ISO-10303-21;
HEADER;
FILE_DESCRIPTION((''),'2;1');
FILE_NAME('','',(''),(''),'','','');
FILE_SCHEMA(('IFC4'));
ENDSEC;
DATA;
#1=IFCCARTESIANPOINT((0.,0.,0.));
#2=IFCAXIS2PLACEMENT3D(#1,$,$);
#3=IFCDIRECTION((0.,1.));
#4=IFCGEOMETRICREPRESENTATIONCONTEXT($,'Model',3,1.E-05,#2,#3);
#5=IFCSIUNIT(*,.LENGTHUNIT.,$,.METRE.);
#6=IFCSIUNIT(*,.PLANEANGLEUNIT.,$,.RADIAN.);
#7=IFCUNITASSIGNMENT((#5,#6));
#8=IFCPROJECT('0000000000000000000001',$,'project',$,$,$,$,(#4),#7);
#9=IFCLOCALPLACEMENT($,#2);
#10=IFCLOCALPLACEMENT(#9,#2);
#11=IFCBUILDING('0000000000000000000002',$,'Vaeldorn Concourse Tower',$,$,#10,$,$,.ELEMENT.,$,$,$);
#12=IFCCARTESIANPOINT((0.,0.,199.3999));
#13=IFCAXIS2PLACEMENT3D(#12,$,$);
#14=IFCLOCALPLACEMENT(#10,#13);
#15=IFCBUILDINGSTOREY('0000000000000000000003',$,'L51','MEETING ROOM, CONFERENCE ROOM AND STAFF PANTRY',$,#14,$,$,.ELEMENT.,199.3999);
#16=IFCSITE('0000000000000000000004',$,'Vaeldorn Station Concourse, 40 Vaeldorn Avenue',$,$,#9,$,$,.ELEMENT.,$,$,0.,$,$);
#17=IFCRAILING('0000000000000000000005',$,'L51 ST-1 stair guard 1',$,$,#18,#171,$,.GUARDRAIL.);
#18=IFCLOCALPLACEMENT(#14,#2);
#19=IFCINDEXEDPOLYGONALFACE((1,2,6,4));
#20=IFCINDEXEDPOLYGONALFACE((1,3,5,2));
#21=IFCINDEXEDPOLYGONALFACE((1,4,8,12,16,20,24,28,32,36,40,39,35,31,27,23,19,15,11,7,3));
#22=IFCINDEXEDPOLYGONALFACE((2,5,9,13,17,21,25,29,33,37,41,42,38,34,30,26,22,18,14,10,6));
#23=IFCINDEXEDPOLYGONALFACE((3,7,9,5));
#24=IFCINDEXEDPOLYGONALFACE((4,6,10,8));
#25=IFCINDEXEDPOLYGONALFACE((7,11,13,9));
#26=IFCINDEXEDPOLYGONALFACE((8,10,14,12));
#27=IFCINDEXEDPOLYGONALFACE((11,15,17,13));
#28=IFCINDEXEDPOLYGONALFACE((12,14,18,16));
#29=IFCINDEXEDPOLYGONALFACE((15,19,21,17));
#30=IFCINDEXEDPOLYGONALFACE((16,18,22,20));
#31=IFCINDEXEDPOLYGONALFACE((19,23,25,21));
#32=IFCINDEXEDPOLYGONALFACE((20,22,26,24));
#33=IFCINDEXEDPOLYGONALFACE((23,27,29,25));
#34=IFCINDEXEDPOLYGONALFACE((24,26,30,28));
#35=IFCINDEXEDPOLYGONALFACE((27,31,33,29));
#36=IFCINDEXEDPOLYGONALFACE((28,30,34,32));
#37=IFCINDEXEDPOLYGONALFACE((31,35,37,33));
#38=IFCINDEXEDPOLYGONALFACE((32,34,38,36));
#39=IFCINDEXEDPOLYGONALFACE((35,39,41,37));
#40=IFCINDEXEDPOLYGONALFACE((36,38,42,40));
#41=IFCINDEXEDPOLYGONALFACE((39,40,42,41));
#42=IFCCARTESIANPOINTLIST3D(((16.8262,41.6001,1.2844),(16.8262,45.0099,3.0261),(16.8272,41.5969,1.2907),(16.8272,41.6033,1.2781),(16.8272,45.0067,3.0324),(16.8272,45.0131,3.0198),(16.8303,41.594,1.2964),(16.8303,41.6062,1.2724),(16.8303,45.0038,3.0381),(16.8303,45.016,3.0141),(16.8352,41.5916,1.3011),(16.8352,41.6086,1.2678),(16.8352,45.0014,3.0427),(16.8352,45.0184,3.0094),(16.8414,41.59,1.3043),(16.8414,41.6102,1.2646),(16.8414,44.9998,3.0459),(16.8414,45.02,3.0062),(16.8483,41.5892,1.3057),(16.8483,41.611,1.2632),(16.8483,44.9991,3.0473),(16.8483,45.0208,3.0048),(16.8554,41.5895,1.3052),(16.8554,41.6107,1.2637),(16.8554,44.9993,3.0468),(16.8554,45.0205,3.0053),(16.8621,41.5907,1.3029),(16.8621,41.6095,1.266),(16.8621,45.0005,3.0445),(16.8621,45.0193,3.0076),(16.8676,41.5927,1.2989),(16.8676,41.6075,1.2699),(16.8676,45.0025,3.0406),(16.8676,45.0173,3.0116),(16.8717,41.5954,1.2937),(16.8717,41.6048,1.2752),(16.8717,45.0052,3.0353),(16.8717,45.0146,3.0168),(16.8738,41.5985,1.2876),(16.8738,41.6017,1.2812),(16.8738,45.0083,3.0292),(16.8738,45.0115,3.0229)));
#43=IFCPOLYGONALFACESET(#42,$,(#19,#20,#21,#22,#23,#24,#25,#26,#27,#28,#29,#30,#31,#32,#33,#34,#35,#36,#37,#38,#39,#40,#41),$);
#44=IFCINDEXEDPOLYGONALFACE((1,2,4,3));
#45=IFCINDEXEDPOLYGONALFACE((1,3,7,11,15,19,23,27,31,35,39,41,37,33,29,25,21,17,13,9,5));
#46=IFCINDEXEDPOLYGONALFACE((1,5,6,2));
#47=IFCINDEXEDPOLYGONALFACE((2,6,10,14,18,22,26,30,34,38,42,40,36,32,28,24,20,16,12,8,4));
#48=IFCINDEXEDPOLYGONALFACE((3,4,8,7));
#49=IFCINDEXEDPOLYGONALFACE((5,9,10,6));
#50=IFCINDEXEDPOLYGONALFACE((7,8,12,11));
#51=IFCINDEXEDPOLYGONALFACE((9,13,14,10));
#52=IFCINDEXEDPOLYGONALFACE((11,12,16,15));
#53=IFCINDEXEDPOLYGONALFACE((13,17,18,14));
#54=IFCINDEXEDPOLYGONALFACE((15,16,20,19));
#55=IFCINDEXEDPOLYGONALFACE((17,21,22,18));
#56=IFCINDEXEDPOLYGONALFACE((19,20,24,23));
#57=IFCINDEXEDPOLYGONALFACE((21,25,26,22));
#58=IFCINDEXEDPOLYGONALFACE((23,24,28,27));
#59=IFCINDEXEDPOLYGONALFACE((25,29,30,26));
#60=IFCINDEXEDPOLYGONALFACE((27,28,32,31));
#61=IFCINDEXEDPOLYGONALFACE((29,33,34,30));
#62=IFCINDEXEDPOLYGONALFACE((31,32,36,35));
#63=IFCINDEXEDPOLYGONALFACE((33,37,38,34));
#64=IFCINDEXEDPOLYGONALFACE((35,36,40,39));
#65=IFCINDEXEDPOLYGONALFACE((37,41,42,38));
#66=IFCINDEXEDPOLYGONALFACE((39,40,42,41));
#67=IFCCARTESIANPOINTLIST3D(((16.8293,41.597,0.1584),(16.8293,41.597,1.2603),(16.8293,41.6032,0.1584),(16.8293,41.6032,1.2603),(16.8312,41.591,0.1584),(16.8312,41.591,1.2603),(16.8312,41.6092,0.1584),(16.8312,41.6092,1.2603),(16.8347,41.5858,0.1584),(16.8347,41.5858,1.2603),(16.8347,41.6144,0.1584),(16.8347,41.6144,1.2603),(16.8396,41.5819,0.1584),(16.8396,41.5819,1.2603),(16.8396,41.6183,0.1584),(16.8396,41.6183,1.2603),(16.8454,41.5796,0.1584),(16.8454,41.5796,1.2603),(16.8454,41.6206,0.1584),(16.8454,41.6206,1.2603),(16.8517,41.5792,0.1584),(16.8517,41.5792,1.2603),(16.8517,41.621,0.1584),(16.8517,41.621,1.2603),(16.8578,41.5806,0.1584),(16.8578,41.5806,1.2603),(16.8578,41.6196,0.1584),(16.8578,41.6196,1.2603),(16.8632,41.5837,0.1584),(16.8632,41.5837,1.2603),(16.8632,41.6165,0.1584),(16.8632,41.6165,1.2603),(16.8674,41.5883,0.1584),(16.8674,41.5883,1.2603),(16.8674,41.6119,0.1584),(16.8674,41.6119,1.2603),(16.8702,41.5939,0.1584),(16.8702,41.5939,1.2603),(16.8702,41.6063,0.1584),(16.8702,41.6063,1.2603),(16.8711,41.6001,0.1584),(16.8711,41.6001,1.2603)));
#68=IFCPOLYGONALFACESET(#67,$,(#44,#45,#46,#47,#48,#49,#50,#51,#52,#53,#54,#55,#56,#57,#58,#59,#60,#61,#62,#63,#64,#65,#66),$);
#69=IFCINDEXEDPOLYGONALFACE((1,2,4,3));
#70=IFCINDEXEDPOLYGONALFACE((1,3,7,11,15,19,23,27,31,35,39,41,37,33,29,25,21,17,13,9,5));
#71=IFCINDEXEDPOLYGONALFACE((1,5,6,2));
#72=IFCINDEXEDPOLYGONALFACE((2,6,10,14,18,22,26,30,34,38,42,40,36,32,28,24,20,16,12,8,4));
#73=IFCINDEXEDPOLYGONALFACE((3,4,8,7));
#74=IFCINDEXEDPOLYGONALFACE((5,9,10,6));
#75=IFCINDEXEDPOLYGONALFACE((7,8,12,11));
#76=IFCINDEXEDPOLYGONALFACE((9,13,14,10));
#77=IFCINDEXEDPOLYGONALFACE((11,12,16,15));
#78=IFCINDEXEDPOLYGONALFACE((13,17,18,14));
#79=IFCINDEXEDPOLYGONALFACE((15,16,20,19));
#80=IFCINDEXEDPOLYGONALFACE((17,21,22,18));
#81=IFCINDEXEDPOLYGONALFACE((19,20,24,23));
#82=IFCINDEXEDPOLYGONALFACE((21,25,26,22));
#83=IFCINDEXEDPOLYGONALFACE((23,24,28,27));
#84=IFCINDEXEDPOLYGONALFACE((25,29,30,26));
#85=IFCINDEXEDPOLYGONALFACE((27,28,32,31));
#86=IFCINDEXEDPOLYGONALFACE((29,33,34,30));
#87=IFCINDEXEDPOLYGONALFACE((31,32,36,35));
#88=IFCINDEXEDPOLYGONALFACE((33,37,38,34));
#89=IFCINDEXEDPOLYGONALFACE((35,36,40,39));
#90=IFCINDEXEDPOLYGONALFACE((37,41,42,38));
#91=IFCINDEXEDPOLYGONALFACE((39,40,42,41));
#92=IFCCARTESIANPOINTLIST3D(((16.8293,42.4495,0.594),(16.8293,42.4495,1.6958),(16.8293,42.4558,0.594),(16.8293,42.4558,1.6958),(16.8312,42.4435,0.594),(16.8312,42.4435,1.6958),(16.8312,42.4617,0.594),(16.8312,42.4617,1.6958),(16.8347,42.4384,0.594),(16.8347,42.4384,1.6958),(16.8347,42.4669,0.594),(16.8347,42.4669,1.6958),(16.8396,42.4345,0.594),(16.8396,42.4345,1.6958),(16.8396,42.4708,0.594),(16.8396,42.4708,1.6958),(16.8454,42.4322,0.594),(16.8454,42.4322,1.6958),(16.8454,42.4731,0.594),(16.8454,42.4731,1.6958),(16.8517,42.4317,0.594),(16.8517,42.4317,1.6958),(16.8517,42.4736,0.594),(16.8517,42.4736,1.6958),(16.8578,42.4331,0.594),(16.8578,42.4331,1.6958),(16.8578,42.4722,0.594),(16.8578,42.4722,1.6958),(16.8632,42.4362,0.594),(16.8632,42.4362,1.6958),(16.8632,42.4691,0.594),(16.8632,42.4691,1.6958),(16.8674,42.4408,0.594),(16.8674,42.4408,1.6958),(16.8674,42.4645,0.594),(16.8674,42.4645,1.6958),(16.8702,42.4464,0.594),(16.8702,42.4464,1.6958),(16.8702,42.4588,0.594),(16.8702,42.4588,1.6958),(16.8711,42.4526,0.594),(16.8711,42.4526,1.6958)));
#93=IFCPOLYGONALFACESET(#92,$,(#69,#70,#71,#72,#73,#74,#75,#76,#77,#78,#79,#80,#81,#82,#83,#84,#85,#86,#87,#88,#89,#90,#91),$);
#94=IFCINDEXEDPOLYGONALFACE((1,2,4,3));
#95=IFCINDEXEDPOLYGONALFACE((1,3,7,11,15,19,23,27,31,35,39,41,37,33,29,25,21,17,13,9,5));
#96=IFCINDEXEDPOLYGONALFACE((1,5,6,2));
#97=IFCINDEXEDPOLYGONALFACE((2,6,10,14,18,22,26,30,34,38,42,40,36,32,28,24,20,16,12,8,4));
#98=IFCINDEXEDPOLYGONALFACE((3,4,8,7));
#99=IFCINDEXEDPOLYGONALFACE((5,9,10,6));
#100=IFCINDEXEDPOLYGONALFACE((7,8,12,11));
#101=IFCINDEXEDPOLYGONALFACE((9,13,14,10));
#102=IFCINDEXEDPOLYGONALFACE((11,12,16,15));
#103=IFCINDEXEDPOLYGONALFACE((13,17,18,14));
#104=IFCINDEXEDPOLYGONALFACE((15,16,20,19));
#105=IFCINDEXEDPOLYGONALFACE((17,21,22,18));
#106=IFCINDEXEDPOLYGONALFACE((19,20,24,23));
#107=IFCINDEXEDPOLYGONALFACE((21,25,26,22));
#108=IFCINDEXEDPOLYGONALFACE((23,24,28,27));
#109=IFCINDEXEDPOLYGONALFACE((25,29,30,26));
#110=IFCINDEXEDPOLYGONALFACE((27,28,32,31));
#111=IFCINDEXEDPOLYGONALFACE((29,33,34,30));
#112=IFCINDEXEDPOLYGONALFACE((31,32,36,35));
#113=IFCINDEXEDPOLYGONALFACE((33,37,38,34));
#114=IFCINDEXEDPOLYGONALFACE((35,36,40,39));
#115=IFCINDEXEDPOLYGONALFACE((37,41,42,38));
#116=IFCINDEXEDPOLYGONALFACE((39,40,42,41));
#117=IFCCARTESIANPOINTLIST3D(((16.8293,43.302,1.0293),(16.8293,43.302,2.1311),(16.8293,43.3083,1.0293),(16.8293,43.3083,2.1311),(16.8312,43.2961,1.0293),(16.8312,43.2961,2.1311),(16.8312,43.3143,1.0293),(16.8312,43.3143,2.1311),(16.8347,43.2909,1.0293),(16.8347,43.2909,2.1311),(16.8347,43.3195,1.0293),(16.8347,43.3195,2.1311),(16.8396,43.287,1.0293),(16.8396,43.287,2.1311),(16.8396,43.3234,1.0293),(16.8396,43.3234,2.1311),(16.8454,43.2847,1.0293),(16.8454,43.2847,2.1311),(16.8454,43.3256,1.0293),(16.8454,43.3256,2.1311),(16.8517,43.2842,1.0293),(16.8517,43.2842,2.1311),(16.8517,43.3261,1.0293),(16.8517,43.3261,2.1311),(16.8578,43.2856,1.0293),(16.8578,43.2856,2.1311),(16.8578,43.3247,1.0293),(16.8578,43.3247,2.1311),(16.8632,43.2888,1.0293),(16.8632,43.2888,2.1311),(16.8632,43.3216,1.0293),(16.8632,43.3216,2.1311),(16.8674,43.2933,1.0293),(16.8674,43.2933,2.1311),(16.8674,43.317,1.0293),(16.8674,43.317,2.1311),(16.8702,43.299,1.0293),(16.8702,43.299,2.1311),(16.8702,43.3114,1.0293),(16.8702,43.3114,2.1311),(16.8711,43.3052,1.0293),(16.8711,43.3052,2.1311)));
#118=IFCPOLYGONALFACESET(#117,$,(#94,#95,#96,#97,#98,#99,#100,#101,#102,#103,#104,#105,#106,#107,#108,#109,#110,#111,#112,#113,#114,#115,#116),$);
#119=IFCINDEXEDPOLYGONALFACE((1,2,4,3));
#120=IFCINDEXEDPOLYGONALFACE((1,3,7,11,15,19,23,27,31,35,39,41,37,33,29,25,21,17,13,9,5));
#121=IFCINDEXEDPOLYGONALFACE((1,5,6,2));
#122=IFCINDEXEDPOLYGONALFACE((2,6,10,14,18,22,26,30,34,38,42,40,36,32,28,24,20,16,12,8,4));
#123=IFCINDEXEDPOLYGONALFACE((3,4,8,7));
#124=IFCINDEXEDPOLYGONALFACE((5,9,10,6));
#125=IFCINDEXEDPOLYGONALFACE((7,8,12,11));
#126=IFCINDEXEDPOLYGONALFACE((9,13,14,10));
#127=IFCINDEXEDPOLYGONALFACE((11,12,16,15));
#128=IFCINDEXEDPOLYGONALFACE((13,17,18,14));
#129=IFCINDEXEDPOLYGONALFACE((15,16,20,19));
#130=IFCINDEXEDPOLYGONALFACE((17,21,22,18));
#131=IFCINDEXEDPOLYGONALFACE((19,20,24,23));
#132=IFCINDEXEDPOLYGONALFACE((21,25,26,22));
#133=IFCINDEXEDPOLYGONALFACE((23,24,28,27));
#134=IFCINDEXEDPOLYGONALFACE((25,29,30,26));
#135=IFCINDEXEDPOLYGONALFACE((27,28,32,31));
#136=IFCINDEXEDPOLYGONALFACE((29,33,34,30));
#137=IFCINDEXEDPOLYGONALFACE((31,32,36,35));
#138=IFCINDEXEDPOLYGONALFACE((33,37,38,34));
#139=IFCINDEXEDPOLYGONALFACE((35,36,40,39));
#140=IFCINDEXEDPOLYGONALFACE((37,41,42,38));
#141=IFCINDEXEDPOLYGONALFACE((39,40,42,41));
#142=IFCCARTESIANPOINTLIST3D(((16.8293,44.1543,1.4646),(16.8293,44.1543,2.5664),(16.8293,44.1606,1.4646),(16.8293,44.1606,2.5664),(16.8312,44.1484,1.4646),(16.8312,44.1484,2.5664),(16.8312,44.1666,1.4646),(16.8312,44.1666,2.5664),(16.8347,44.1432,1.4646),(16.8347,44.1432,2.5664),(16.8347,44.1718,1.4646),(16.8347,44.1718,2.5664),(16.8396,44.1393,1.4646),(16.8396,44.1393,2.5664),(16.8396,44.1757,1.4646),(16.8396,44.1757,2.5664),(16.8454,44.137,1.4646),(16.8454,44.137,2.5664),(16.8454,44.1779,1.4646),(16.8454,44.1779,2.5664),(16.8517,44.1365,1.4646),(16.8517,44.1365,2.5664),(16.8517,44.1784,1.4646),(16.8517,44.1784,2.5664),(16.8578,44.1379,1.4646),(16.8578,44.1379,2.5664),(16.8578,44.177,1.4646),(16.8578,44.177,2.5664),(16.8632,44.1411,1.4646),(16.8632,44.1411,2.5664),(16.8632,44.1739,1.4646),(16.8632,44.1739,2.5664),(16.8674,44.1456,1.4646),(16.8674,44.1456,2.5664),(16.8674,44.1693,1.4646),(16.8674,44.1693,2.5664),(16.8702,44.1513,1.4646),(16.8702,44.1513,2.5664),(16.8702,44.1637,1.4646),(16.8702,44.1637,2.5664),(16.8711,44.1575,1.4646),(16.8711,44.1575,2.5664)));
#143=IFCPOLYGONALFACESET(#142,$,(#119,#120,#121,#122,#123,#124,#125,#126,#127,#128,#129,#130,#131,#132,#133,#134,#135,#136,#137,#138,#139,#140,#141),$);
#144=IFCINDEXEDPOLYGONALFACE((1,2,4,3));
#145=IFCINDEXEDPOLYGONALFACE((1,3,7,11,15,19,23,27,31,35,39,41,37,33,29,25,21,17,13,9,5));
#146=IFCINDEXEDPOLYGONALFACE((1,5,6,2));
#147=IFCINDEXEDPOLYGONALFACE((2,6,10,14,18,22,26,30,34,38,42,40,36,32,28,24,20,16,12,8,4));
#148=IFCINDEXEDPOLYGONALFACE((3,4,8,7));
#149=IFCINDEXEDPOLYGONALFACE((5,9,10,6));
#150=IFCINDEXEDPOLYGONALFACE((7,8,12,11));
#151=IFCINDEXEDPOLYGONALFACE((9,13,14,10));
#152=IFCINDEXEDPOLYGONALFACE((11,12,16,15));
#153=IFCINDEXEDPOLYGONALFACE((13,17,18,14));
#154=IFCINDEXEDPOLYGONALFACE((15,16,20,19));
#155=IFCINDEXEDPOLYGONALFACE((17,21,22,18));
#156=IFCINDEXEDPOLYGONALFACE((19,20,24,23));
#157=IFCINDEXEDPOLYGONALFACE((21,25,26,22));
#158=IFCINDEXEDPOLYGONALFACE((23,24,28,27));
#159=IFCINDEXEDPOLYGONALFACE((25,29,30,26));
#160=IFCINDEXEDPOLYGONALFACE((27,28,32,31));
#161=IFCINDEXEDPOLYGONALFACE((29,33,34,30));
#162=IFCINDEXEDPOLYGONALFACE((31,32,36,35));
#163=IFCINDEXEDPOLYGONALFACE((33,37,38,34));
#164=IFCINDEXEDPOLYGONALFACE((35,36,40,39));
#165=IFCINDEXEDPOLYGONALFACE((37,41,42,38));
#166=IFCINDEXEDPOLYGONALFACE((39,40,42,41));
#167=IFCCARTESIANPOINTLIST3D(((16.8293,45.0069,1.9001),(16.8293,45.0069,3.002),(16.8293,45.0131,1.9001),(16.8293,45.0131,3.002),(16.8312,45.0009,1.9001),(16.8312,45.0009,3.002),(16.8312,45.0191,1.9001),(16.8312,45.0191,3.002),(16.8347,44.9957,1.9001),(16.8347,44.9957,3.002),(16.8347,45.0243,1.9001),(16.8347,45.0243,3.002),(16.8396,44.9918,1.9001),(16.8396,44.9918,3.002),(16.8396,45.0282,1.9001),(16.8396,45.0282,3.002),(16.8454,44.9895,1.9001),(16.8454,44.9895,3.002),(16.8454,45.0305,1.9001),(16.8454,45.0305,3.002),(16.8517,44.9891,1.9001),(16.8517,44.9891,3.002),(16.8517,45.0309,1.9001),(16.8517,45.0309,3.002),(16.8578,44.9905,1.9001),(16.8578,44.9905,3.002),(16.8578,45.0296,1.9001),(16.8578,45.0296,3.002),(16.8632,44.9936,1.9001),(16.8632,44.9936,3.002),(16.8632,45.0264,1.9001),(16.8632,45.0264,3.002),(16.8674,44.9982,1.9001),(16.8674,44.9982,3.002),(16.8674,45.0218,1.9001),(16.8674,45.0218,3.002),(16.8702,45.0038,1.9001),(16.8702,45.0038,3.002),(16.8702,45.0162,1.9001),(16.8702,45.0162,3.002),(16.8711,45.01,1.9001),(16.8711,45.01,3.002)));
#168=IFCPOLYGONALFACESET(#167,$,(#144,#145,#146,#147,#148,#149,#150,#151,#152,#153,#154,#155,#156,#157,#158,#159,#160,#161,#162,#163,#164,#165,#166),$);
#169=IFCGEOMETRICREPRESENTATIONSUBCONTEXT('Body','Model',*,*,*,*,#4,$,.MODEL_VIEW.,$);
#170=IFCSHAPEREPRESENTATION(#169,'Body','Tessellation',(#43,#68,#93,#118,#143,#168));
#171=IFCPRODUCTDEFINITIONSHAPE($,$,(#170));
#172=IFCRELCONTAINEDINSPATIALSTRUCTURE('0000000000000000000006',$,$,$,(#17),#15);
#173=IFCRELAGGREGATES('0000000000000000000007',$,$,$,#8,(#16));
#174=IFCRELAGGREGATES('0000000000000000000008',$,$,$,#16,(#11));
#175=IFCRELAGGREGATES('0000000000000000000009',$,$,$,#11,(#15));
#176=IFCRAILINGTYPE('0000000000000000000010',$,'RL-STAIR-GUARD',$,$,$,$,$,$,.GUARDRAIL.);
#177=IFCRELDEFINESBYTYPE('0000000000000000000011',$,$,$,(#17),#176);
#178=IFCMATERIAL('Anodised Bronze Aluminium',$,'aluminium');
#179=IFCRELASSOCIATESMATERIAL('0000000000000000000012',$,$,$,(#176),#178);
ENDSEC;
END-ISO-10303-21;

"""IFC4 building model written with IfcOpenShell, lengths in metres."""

from ifc_helpers import new_model, si_unit, direction, frame, origin, origin_2d, place, context, subcontext, project, spatial, circle, extrude, material, type_object, element, save


model = new_model("IFC4")

# Units and contexts
model_context = context("Model", 3, precision=1e-05, world=origin(), true_north=direction((0.0, 1.0)))
body_context = subcontext(model_context, "Body", "Model", "MODEL_VIEW")
ifc_project = project(units=[si_unit("LENGTHUNIT", "METRE"), si_unit("PLANEANGLEUNIT", "RADIAN")], contexts=[model_context])

# Site, building, storey
site_placement = place(None, origin())
site = spatial("IfcSite", under=ifc_project, at=site_placement, Name="Vaeldorn Station Concourse, 40 Vaeldorn Avenue", CompositionType="ELEMENT", RefElevation=0.0)
building_placement = place(site_placement, origin())
building = spatial("IfcBuilding", under=site, at=building_placement, Name="Vaeldorn Concourse Tower", CompositionType="ELEMENT")
storey_placement = place(building_placement, frame((0.0, 0.0, 199.3999)))
storey = spatial("IfcBuildingStorey", under=building, at=storey_placement, Name="L51", Description="MEETING ROOM, CONFERENCE ROOM AND STAFF PANTRY", CompositionType="ELEMENT", Elevation=199.3999)

# Shared definitions
ifc_material_1 = material(Name="Anodised Bronze Aluminium", Category="aluminium")

# Railing
railing_type_1 = type_object("IfcRailingType", Name="RL-STAIR-GUARD", PredefinedType="GUARDRAIL", material=ifc_material_1)
railing_1_placement = place(storey_placement, frame((16.8501, 41.6001, 0.1584)))
element("IfcRailing", 1, at=railing_1_placement, inside=storey, type_object=railing_type_1, Name="L51 ST-1 stair guard 1", PredefinedType="GUARDRAIL", context=body_context, shape_type="SweptSolid", body=[
    extrude(circle(Radius=0.0239, at=origin_2d()), frame((0.0, 0.0, 1.126), z_axis=(0.0, 0.890556, 0.454874), x_axis=(-1.0, 0.0, 0.0)), (0.0, 0.0, 1.0), 3.8289),
    extrude(circle(Radius=0.021, at=origin_2d()), origin(), (0.0, 0.0, 1.0), 1.1018),
    extrude(circle(Radius=0.021, at=origin_2d()), frame((0.0, 0.8525, 0.4355)), (0.0, 0.0, 1.0), 1.1018),
    extrude(circle(Radius=0.021, at=origin_2d()), frame((0.0, 1.7051, 0.8708)), (0.0, 0.0, 1.0), 1.1018),
    extrude(circle(Radius=0.021, at=origin_2d()), frame((0.0, 2.5574, 1.3062)), (0.0, 0.0, 1.0), 1.1018),
    extrude(circle(Radius=0.021, at=origin_2d()), frame((0.0, 3.4099, 1.7417)), (0.0, 0.0, 1.0), 1.1018),
])

save(model, "model.ifc")
